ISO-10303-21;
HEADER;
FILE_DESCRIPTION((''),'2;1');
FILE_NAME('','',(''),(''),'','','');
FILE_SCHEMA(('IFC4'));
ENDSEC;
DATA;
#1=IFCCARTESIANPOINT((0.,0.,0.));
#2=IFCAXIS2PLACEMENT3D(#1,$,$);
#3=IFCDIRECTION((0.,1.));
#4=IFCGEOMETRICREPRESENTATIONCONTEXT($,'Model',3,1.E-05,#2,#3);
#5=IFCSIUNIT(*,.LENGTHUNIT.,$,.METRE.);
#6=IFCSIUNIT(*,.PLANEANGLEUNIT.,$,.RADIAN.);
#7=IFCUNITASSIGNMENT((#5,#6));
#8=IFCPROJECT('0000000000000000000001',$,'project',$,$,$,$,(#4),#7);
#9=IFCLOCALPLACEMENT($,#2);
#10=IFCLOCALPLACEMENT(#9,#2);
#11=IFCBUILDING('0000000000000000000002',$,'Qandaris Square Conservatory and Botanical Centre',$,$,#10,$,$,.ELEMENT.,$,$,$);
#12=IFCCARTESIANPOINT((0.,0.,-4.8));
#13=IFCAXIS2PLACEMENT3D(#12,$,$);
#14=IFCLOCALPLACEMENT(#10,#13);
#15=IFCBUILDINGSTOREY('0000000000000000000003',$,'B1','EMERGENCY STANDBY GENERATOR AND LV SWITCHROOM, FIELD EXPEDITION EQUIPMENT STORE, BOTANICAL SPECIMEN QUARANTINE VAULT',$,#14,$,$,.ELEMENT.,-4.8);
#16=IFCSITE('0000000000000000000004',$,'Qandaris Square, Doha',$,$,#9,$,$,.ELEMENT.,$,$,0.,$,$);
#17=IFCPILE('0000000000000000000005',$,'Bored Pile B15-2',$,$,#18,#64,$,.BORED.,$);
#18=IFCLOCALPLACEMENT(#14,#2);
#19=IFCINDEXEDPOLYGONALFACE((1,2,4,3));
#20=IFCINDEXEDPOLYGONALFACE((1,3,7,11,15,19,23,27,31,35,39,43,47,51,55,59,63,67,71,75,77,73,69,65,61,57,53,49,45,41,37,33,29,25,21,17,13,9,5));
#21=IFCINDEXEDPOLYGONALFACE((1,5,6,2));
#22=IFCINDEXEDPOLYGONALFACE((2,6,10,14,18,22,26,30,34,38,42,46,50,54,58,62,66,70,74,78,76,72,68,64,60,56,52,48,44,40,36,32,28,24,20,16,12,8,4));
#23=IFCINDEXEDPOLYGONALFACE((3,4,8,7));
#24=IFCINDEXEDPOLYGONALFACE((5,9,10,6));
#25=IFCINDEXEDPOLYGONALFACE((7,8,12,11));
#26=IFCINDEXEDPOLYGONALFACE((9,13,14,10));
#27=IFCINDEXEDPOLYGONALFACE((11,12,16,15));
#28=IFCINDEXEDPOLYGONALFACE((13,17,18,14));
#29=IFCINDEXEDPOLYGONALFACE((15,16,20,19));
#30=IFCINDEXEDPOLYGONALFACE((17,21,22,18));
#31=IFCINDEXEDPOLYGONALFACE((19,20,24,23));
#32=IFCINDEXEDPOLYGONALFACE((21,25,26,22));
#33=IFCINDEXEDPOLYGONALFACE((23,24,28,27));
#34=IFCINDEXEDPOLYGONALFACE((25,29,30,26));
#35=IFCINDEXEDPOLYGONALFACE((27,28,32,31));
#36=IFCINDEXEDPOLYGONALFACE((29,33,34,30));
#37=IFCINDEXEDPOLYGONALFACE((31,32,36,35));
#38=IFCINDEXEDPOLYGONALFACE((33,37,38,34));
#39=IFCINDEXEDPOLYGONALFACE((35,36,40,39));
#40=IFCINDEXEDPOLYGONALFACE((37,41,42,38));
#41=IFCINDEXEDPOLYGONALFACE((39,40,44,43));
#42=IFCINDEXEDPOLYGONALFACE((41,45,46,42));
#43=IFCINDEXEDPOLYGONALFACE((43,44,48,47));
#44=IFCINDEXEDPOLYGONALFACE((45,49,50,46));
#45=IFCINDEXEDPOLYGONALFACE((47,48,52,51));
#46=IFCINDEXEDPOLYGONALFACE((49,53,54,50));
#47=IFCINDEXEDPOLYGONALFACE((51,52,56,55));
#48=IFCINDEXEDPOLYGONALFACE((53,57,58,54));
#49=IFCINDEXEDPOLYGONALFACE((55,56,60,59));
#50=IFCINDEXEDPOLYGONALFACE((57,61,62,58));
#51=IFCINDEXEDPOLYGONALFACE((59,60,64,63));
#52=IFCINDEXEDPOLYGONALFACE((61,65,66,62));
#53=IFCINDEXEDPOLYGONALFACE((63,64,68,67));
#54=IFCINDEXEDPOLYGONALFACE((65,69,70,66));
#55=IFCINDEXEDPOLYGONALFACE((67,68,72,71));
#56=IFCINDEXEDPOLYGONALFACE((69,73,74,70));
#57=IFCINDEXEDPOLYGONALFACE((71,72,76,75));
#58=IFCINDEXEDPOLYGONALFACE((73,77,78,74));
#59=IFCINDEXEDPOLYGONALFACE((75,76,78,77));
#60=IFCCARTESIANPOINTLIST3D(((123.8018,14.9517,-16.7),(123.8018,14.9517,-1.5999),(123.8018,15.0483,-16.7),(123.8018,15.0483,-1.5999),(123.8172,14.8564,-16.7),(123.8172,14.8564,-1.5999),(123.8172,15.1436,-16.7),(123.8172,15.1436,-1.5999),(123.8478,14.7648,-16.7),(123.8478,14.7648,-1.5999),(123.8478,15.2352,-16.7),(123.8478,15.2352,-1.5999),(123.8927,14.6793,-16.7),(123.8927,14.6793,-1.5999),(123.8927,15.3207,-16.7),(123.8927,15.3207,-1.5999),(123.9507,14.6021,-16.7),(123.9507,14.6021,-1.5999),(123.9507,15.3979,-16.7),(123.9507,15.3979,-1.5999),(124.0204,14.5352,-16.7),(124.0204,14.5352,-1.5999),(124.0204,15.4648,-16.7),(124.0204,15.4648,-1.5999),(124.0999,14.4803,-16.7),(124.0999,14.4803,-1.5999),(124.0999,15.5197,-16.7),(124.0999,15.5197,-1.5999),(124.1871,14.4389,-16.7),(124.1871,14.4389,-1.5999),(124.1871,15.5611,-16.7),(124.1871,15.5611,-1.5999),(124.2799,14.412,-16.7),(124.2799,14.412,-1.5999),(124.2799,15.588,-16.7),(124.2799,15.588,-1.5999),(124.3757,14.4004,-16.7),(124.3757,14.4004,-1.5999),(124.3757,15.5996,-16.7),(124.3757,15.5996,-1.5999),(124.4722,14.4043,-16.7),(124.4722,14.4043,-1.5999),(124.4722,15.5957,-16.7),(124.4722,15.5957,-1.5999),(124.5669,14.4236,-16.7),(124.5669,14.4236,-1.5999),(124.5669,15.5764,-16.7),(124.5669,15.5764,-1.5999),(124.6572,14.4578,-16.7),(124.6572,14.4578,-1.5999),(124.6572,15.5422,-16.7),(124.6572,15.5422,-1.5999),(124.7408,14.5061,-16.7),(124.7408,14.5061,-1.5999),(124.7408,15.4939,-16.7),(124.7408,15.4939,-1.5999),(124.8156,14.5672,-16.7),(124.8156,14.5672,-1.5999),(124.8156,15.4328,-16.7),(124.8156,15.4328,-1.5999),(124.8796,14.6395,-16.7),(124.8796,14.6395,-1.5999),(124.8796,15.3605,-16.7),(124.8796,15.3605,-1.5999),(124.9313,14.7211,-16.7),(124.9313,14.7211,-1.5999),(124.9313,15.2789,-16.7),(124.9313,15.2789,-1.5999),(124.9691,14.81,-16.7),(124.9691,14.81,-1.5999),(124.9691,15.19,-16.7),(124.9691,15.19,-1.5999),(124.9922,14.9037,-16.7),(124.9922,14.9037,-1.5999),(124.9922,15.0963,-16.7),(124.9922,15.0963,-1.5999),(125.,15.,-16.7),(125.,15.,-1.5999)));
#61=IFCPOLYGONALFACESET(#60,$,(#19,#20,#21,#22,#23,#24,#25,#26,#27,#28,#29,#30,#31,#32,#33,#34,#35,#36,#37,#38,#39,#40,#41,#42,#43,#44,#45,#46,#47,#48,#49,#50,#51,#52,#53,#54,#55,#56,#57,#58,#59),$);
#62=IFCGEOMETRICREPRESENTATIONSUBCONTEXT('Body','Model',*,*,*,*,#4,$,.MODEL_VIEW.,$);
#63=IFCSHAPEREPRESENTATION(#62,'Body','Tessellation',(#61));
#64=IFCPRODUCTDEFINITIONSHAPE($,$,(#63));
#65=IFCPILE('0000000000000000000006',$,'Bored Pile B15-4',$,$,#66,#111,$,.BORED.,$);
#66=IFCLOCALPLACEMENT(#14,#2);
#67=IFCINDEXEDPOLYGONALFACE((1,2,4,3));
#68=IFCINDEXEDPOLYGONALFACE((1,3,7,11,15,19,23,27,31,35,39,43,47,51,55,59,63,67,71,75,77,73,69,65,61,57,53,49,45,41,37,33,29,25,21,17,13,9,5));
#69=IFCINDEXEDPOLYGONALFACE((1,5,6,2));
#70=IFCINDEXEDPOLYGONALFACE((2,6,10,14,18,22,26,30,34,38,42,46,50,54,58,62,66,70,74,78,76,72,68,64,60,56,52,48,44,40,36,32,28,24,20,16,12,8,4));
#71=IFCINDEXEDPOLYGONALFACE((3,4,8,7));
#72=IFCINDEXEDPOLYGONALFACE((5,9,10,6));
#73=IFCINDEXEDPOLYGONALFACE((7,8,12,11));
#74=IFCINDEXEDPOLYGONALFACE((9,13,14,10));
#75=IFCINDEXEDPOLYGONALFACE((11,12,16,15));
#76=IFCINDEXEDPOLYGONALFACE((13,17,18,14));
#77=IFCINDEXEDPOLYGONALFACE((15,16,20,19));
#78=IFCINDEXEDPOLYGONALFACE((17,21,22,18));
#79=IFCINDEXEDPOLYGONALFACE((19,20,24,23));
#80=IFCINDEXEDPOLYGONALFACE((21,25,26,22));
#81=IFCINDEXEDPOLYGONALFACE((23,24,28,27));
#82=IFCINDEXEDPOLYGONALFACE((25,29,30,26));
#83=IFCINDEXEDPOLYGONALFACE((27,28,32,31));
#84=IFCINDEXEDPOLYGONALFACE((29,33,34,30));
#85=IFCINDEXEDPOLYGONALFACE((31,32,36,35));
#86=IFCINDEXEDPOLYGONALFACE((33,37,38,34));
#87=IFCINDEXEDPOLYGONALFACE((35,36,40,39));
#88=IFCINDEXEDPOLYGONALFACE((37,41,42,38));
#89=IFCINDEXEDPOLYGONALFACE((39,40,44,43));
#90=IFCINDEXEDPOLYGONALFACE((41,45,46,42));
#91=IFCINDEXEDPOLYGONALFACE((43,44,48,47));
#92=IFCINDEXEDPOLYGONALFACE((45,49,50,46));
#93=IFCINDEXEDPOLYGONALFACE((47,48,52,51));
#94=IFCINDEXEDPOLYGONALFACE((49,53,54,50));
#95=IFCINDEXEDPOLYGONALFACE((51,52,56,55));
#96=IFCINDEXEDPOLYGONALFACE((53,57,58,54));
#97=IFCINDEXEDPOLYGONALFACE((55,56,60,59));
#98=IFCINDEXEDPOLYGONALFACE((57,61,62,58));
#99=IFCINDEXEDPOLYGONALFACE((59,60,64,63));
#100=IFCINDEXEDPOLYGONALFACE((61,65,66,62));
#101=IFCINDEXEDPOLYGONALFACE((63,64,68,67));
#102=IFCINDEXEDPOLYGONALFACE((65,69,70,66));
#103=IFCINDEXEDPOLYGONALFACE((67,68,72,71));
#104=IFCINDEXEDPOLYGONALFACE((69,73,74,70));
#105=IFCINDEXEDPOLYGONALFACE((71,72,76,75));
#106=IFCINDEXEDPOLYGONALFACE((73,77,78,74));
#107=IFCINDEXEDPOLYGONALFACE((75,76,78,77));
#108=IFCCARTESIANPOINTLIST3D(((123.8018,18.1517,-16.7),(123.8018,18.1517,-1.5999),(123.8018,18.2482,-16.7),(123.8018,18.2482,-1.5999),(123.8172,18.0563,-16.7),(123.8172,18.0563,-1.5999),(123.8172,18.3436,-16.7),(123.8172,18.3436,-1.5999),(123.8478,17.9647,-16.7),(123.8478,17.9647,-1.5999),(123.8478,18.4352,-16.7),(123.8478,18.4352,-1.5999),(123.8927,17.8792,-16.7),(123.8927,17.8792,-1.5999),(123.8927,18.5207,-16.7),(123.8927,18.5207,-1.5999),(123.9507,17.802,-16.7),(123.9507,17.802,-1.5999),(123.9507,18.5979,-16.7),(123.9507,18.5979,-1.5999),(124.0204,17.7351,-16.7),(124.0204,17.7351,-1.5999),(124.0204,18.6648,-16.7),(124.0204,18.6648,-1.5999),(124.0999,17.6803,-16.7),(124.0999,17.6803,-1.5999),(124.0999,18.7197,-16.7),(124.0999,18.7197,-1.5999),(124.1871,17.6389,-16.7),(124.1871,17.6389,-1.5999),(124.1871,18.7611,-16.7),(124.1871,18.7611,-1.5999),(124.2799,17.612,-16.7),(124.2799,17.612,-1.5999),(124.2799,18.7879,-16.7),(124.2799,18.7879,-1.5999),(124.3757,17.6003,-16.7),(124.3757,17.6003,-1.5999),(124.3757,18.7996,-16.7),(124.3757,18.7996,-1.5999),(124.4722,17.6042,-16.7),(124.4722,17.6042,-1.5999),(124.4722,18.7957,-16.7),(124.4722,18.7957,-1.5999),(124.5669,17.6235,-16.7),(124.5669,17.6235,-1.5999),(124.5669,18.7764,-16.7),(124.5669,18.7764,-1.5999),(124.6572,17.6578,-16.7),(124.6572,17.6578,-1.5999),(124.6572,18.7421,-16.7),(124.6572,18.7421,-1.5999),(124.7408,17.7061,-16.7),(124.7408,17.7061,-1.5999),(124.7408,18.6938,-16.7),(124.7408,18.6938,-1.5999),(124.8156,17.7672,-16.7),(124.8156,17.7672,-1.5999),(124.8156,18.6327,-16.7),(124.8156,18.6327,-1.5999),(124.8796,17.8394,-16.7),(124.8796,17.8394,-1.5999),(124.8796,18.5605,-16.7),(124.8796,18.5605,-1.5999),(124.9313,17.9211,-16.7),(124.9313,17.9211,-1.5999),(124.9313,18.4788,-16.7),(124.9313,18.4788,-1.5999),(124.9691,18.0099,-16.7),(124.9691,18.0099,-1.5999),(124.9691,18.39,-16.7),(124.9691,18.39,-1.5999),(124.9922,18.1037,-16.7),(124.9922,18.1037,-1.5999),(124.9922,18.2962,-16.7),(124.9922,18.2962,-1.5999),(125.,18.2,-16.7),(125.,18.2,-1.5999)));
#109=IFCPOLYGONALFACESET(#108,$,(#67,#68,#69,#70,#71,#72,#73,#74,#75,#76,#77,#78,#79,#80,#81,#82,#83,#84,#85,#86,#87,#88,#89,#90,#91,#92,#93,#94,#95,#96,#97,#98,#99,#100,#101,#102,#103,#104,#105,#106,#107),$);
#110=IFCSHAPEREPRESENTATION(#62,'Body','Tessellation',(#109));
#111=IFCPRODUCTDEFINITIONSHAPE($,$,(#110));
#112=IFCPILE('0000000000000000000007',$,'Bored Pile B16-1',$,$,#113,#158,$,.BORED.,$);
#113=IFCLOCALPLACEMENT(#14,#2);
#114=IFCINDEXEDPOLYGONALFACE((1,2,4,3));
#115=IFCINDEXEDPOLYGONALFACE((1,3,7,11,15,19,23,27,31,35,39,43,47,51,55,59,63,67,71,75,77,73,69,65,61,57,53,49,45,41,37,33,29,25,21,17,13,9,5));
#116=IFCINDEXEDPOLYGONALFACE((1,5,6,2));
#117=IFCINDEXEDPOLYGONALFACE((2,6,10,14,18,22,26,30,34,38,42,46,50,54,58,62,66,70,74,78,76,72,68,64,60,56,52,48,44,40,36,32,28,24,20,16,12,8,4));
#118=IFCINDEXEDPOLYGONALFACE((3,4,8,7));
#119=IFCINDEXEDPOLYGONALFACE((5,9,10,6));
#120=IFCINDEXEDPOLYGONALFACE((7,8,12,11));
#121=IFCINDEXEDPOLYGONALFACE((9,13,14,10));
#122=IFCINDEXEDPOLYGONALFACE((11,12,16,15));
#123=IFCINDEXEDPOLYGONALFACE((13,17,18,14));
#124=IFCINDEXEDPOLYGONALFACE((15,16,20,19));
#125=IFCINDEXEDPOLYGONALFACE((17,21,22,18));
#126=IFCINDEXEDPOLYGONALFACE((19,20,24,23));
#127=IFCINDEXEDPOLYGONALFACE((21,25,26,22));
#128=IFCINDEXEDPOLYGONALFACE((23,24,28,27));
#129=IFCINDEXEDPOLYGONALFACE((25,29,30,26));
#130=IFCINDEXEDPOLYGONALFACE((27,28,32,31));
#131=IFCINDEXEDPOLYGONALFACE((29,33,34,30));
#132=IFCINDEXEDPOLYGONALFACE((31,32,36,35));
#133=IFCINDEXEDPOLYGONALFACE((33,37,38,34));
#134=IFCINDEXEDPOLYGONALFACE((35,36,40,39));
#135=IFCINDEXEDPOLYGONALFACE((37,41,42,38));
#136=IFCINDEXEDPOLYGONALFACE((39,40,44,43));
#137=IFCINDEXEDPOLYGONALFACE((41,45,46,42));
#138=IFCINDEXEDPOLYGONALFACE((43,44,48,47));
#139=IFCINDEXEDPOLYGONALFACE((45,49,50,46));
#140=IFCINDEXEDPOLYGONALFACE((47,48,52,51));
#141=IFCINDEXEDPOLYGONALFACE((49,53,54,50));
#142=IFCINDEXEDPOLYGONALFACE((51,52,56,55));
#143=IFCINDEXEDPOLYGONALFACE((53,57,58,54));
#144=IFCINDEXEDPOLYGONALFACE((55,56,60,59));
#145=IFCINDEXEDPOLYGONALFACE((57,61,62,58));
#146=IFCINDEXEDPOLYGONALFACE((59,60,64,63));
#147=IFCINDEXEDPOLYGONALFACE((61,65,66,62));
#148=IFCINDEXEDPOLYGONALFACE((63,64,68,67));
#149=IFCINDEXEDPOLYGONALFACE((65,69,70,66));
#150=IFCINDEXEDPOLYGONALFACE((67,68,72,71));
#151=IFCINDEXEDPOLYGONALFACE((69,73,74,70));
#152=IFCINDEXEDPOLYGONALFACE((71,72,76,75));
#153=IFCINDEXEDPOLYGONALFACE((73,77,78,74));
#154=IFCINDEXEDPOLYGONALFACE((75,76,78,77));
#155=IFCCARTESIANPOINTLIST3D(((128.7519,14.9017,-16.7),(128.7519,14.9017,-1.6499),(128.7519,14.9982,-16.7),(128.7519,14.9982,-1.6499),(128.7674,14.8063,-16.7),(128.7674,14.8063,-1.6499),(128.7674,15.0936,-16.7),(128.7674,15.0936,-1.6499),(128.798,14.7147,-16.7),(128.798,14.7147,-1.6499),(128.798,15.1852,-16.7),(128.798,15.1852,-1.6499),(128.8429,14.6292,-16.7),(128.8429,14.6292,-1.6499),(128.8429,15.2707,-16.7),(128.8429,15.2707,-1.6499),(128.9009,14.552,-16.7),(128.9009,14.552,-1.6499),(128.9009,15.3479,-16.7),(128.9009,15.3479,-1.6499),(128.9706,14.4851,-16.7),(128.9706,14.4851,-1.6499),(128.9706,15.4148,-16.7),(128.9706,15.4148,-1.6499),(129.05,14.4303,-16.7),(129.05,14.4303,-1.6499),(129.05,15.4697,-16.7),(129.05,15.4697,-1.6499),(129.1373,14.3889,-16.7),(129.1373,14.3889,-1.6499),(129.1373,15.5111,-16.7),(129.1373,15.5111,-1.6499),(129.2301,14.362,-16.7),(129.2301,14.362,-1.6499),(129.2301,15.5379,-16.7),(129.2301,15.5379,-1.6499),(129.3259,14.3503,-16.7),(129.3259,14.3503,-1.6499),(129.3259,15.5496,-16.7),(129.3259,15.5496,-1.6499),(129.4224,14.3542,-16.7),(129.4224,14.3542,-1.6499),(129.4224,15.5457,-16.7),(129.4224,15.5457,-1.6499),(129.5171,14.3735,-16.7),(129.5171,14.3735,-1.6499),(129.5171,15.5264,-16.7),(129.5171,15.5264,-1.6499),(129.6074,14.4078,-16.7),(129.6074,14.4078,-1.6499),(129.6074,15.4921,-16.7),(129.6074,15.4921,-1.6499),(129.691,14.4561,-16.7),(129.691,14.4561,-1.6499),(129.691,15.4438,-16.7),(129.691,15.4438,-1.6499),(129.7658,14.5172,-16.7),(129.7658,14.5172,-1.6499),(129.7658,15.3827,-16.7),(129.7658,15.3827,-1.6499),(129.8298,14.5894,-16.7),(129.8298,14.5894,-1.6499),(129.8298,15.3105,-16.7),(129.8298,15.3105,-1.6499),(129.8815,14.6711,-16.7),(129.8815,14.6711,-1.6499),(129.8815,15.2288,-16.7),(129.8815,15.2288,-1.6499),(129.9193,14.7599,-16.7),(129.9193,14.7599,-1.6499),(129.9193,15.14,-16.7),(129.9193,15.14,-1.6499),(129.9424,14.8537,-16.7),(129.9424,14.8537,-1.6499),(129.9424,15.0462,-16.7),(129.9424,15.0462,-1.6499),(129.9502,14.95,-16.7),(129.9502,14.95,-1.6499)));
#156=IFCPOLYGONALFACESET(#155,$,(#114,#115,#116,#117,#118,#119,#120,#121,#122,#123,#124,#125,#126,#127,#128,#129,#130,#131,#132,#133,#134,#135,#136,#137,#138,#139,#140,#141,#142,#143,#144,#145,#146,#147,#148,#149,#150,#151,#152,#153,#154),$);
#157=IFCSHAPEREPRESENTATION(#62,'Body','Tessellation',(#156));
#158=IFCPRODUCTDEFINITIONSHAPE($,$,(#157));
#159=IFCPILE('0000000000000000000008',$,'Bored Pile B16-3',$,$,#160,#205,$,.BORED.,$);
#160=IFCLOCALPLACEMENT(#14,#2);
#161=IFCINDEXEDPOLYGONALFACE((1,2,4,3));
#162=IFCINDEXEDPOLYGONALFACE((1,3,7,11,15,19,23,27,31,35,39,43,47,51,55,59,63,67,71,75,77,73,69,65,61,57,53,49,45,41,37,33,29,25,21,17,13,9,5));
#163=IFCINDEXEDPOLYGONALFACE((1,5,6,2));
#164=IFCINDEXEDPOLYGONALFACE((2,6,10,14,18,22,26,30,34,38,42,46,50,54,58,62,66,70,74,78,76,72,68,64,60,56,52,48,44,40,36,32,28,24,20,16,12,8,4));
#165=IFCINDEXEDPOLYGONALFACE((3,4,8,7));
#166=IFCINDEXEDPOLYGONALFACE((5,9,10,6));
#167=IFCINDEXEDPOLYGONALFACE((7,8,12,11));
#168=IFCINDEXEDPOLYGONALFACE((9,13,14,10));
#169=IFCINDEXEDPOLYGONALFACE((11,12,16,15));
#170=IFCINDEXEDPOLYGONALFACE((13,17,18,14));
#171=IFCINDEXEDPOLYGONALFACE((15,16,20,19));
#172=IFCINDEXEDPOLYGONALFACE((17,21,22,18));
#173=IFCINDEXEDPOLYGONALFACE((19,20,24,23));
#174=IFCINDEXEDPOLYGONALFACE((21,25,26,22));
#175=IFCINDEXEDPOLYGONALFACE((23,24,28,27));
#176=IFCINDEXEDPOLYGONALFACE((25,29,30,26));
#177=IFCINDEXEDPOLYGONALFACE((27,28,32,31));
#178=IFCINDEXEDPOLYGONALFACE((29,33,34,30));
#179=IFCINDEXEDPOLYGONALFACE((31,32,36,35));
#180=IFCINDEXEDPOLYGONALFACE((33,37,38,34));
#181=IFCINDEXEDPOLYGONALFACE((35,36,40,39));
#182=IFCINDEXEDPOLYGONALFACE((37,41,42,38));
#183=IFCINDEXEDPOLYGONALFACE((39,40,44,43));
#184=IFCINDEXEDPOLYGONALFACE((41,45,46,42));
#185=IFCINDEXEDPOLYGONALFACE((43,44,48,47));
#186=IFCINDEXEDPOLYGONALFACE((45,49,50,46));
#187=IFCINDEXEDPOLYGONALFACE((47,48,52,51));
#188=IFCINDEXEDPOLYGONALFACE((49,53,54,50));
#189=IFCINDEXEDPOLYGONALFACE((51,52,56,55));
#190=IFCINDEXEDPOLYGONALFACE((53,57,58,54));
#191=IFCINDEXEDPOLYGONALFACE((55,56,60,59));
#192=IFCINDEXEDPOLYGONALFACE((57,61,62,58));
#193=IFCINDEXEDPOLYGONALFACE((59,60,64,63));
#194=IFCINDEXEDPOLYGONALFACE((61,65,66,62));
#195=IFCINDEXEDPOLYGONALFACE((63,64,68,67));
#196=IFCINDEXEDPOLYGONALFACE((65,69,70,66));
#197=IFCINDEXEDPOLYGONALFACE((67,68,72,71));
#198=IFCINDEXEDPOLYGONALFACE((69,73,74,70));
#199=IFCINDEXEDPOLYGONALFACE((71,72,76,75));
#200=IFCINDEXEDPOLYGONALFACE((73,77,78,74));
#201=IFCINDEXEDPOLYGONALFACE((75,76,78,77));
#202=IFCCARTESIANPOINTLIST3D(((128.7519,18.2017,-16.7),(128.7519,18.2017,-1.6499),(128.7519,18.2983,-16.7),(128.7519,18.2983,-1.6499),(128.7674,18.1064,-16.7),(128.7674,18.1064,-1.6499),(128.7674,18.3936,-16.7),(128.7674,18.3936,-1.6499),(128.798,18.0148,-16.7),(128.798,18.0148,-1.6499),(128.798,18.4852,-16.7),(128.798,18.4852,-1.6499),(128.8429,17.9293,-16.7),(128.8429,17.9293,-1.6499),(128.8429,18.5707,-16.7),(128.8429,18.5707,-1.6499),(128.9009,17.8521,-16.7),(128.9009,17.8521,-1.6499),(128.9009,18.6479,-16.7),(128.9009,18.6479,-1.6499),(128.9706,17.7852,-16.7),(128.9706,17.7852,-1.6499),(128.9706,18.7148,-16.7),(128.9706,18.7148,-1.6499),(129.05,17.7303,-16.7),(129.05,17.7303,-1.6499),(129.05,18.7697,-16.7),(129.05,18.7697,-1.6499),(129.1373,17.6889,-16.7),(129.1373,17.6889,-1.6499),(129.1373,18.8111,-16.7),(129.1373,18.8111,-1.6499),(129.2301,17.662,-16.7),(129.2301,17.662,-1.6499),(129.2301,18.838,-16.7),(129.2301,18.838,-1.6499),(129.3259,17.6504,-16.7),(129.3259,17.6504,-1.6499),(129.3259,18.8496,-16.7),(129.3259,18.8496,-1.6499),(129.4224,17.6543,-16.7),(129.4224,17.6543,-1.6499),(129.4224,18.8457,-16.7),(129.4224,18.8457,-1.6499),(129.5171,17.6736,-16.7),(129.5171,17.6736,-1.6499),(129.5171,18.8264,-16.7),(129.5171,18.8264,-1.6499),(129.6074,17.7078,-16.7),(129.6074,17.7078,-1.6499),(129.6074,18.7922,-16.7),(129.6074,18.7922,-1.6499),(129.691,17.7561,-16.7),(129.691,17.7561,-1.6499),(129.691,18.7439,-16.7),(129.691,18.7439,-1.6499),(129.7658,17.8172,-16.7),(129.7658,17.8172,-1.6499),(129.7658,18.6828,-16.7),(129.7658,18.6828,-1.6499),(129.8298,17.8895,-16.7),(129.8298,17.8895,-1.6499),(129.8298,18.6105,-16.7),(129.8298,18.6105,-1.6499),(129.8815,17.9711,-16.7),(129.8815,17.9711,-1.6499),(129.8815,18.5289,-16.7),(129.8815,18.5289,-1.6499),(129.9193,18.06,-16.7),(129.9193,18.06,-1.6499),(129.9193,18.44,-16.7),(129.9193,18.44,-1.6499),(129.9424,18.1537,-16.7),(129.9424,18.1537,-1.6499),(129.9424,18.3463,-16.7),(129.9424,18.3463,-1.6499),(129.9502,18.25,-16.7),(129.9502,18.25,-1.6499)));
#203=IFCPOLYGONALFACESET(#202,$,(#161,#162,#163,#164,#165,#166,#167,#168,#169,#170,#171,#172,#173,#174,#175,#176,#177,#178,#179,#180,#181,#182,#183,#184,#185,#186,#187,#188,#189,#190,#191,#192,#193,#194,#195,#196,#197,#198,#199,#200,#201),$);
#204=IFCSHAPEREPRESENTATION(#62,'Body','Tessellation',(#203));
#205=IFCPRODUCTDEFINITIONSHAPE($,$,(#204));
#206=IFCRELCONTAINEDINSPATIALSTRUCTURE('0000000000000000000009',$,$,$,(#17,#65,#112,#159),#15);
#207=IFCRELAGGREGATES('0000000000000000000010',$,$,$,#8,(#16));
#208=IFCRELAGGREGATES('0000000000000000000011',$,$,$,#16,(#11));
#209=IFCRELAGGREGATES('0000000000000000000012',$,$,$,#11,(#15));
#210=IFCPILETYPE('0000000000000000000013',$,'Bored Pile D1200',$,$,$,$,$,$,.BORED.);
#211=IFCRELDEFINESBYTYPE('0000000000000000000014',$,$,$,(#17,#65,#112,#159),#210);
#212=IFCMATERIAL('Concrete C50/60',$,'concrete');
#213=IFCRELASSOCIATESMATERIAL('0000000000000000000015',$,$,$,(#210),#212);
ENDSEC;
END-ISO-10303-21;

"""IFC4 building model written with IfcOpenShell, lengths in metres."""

from ifc_helpers import new_model, si_unit, direction, frame, origin, origin_2d, place, context, subcontext, project, spatial, circle, extrude, material, material_profile, profile_set, type_object, element, save


model = new_model("IFC4")

# Units and contexts
model_context = context("Model", 3, precision=1e-05, world=origin(), true_north=direction((0.0, 1.0)))
body_context = subcontext(model_context, "Body", "Model", "MODEL_VIEW")
ifc_project = project(units=[si_unit("LENGTHUNIT", "METRE"), si_unit("PLANEANGLEUNIT", "RADIAN")], contexts=[model_context])

# Site, building, storey
site_placement = place(None, origin())
site = spatial("IfcSite", under=ifc_project, at=site_placement, Name="Qandaris Square, Doha", CompositionType="ELEMENT", RefElevation=0.0)
building_placement = place(site_placement, origin())
building = spatial("IfcBuilding", under=site, at=building_placement, Name="Qandaris Square Conservatory and Botanical Centre", CompositionType="ELEMENT")
storey_placement = place(building_placement, frame((0.0, 0.0, -4.8)))
storey = spatial("IfcBuildingStorey", under=building, at=storey_placement, Name="B1", Description="EMERGENCY STANDBY GENERATOR AND LV SWITCHROOM, FIELD EXPEDITION EQUIPMENT STORE, BOTANICAL SPECIMEN QUARANTINE VAULT", CompositionType="ELEMENT", Elevation=-4.8)

# Piles
ifc_material_1 = material(Name="Concrete C50/60", Category="concrete")
ifc_material_profile_1 = material_profile(ifc_material_1, circle(Radius=0.6001, at=origin_2d()), Name="PILE D1200")
ifc_profile_set_1 = profile_set([ifc_material_profile_1], Name="Concrete C50/60")
pile_type = type_object("IfcPileType", Name="Bored Pile D1200", PredefinedType="BORED", material=ifc_profile_set_1)
for number, where, z_axis, x_axis, name in (
    (1, (124.3999, 15.0, -1.5999), (0.0, 0.0, -1.0), (1.0, 0.0, 0.0), "Bored Pile B15-2"),
    (2, (124.3999, 18.2, -1.5999), (0.0, 0.0, -1.0), (1.0, 0.0, 0.0), "Bored Pile B15-4"),
):
    element("IfcPile", number, at=place(storey_placement, frame(where, z_axis=z_axis, x_axis=x_axis)), inside=storey, type_object=pile_type, Name=name, PredefinedType="BORED", context=body_context, shape_type="SweptSolid", body=[
        extrude(circle(Radius=0.6001, at=origin_2d()), origin(), (0.0, 0.0, 1.0), 15.1001),
    ])
for number, where, z_axis, x_axis, name in (
    (3, (129.3501, 14.95, -1.6499), (0.0, 0.0, -1.0), (1.0, 0.0, 0.0), "Bored Pile B16-1"),
    (4, (129.3501, 18.25, -1.6499), (0.0, 0.0, -1.0), (1.0, 0.0, 0.0), "Bored Pile B16-3"),
):
    element("IfcPile", number, at=place(storey_placement, frame(where, z_axis=z_axis, x_axis=x_axis)), inside=storey, type_object=pile_type, Name=name, PredefinedType="BORED", context=body_context, shape_type="SweptSolid", body=[
        extrude(circle(Radius=0.6001, at=origin_2d()), origin(), (0.0, 0.0, 1.0), 15.05),
    ])

save(model, "model.ifc")
